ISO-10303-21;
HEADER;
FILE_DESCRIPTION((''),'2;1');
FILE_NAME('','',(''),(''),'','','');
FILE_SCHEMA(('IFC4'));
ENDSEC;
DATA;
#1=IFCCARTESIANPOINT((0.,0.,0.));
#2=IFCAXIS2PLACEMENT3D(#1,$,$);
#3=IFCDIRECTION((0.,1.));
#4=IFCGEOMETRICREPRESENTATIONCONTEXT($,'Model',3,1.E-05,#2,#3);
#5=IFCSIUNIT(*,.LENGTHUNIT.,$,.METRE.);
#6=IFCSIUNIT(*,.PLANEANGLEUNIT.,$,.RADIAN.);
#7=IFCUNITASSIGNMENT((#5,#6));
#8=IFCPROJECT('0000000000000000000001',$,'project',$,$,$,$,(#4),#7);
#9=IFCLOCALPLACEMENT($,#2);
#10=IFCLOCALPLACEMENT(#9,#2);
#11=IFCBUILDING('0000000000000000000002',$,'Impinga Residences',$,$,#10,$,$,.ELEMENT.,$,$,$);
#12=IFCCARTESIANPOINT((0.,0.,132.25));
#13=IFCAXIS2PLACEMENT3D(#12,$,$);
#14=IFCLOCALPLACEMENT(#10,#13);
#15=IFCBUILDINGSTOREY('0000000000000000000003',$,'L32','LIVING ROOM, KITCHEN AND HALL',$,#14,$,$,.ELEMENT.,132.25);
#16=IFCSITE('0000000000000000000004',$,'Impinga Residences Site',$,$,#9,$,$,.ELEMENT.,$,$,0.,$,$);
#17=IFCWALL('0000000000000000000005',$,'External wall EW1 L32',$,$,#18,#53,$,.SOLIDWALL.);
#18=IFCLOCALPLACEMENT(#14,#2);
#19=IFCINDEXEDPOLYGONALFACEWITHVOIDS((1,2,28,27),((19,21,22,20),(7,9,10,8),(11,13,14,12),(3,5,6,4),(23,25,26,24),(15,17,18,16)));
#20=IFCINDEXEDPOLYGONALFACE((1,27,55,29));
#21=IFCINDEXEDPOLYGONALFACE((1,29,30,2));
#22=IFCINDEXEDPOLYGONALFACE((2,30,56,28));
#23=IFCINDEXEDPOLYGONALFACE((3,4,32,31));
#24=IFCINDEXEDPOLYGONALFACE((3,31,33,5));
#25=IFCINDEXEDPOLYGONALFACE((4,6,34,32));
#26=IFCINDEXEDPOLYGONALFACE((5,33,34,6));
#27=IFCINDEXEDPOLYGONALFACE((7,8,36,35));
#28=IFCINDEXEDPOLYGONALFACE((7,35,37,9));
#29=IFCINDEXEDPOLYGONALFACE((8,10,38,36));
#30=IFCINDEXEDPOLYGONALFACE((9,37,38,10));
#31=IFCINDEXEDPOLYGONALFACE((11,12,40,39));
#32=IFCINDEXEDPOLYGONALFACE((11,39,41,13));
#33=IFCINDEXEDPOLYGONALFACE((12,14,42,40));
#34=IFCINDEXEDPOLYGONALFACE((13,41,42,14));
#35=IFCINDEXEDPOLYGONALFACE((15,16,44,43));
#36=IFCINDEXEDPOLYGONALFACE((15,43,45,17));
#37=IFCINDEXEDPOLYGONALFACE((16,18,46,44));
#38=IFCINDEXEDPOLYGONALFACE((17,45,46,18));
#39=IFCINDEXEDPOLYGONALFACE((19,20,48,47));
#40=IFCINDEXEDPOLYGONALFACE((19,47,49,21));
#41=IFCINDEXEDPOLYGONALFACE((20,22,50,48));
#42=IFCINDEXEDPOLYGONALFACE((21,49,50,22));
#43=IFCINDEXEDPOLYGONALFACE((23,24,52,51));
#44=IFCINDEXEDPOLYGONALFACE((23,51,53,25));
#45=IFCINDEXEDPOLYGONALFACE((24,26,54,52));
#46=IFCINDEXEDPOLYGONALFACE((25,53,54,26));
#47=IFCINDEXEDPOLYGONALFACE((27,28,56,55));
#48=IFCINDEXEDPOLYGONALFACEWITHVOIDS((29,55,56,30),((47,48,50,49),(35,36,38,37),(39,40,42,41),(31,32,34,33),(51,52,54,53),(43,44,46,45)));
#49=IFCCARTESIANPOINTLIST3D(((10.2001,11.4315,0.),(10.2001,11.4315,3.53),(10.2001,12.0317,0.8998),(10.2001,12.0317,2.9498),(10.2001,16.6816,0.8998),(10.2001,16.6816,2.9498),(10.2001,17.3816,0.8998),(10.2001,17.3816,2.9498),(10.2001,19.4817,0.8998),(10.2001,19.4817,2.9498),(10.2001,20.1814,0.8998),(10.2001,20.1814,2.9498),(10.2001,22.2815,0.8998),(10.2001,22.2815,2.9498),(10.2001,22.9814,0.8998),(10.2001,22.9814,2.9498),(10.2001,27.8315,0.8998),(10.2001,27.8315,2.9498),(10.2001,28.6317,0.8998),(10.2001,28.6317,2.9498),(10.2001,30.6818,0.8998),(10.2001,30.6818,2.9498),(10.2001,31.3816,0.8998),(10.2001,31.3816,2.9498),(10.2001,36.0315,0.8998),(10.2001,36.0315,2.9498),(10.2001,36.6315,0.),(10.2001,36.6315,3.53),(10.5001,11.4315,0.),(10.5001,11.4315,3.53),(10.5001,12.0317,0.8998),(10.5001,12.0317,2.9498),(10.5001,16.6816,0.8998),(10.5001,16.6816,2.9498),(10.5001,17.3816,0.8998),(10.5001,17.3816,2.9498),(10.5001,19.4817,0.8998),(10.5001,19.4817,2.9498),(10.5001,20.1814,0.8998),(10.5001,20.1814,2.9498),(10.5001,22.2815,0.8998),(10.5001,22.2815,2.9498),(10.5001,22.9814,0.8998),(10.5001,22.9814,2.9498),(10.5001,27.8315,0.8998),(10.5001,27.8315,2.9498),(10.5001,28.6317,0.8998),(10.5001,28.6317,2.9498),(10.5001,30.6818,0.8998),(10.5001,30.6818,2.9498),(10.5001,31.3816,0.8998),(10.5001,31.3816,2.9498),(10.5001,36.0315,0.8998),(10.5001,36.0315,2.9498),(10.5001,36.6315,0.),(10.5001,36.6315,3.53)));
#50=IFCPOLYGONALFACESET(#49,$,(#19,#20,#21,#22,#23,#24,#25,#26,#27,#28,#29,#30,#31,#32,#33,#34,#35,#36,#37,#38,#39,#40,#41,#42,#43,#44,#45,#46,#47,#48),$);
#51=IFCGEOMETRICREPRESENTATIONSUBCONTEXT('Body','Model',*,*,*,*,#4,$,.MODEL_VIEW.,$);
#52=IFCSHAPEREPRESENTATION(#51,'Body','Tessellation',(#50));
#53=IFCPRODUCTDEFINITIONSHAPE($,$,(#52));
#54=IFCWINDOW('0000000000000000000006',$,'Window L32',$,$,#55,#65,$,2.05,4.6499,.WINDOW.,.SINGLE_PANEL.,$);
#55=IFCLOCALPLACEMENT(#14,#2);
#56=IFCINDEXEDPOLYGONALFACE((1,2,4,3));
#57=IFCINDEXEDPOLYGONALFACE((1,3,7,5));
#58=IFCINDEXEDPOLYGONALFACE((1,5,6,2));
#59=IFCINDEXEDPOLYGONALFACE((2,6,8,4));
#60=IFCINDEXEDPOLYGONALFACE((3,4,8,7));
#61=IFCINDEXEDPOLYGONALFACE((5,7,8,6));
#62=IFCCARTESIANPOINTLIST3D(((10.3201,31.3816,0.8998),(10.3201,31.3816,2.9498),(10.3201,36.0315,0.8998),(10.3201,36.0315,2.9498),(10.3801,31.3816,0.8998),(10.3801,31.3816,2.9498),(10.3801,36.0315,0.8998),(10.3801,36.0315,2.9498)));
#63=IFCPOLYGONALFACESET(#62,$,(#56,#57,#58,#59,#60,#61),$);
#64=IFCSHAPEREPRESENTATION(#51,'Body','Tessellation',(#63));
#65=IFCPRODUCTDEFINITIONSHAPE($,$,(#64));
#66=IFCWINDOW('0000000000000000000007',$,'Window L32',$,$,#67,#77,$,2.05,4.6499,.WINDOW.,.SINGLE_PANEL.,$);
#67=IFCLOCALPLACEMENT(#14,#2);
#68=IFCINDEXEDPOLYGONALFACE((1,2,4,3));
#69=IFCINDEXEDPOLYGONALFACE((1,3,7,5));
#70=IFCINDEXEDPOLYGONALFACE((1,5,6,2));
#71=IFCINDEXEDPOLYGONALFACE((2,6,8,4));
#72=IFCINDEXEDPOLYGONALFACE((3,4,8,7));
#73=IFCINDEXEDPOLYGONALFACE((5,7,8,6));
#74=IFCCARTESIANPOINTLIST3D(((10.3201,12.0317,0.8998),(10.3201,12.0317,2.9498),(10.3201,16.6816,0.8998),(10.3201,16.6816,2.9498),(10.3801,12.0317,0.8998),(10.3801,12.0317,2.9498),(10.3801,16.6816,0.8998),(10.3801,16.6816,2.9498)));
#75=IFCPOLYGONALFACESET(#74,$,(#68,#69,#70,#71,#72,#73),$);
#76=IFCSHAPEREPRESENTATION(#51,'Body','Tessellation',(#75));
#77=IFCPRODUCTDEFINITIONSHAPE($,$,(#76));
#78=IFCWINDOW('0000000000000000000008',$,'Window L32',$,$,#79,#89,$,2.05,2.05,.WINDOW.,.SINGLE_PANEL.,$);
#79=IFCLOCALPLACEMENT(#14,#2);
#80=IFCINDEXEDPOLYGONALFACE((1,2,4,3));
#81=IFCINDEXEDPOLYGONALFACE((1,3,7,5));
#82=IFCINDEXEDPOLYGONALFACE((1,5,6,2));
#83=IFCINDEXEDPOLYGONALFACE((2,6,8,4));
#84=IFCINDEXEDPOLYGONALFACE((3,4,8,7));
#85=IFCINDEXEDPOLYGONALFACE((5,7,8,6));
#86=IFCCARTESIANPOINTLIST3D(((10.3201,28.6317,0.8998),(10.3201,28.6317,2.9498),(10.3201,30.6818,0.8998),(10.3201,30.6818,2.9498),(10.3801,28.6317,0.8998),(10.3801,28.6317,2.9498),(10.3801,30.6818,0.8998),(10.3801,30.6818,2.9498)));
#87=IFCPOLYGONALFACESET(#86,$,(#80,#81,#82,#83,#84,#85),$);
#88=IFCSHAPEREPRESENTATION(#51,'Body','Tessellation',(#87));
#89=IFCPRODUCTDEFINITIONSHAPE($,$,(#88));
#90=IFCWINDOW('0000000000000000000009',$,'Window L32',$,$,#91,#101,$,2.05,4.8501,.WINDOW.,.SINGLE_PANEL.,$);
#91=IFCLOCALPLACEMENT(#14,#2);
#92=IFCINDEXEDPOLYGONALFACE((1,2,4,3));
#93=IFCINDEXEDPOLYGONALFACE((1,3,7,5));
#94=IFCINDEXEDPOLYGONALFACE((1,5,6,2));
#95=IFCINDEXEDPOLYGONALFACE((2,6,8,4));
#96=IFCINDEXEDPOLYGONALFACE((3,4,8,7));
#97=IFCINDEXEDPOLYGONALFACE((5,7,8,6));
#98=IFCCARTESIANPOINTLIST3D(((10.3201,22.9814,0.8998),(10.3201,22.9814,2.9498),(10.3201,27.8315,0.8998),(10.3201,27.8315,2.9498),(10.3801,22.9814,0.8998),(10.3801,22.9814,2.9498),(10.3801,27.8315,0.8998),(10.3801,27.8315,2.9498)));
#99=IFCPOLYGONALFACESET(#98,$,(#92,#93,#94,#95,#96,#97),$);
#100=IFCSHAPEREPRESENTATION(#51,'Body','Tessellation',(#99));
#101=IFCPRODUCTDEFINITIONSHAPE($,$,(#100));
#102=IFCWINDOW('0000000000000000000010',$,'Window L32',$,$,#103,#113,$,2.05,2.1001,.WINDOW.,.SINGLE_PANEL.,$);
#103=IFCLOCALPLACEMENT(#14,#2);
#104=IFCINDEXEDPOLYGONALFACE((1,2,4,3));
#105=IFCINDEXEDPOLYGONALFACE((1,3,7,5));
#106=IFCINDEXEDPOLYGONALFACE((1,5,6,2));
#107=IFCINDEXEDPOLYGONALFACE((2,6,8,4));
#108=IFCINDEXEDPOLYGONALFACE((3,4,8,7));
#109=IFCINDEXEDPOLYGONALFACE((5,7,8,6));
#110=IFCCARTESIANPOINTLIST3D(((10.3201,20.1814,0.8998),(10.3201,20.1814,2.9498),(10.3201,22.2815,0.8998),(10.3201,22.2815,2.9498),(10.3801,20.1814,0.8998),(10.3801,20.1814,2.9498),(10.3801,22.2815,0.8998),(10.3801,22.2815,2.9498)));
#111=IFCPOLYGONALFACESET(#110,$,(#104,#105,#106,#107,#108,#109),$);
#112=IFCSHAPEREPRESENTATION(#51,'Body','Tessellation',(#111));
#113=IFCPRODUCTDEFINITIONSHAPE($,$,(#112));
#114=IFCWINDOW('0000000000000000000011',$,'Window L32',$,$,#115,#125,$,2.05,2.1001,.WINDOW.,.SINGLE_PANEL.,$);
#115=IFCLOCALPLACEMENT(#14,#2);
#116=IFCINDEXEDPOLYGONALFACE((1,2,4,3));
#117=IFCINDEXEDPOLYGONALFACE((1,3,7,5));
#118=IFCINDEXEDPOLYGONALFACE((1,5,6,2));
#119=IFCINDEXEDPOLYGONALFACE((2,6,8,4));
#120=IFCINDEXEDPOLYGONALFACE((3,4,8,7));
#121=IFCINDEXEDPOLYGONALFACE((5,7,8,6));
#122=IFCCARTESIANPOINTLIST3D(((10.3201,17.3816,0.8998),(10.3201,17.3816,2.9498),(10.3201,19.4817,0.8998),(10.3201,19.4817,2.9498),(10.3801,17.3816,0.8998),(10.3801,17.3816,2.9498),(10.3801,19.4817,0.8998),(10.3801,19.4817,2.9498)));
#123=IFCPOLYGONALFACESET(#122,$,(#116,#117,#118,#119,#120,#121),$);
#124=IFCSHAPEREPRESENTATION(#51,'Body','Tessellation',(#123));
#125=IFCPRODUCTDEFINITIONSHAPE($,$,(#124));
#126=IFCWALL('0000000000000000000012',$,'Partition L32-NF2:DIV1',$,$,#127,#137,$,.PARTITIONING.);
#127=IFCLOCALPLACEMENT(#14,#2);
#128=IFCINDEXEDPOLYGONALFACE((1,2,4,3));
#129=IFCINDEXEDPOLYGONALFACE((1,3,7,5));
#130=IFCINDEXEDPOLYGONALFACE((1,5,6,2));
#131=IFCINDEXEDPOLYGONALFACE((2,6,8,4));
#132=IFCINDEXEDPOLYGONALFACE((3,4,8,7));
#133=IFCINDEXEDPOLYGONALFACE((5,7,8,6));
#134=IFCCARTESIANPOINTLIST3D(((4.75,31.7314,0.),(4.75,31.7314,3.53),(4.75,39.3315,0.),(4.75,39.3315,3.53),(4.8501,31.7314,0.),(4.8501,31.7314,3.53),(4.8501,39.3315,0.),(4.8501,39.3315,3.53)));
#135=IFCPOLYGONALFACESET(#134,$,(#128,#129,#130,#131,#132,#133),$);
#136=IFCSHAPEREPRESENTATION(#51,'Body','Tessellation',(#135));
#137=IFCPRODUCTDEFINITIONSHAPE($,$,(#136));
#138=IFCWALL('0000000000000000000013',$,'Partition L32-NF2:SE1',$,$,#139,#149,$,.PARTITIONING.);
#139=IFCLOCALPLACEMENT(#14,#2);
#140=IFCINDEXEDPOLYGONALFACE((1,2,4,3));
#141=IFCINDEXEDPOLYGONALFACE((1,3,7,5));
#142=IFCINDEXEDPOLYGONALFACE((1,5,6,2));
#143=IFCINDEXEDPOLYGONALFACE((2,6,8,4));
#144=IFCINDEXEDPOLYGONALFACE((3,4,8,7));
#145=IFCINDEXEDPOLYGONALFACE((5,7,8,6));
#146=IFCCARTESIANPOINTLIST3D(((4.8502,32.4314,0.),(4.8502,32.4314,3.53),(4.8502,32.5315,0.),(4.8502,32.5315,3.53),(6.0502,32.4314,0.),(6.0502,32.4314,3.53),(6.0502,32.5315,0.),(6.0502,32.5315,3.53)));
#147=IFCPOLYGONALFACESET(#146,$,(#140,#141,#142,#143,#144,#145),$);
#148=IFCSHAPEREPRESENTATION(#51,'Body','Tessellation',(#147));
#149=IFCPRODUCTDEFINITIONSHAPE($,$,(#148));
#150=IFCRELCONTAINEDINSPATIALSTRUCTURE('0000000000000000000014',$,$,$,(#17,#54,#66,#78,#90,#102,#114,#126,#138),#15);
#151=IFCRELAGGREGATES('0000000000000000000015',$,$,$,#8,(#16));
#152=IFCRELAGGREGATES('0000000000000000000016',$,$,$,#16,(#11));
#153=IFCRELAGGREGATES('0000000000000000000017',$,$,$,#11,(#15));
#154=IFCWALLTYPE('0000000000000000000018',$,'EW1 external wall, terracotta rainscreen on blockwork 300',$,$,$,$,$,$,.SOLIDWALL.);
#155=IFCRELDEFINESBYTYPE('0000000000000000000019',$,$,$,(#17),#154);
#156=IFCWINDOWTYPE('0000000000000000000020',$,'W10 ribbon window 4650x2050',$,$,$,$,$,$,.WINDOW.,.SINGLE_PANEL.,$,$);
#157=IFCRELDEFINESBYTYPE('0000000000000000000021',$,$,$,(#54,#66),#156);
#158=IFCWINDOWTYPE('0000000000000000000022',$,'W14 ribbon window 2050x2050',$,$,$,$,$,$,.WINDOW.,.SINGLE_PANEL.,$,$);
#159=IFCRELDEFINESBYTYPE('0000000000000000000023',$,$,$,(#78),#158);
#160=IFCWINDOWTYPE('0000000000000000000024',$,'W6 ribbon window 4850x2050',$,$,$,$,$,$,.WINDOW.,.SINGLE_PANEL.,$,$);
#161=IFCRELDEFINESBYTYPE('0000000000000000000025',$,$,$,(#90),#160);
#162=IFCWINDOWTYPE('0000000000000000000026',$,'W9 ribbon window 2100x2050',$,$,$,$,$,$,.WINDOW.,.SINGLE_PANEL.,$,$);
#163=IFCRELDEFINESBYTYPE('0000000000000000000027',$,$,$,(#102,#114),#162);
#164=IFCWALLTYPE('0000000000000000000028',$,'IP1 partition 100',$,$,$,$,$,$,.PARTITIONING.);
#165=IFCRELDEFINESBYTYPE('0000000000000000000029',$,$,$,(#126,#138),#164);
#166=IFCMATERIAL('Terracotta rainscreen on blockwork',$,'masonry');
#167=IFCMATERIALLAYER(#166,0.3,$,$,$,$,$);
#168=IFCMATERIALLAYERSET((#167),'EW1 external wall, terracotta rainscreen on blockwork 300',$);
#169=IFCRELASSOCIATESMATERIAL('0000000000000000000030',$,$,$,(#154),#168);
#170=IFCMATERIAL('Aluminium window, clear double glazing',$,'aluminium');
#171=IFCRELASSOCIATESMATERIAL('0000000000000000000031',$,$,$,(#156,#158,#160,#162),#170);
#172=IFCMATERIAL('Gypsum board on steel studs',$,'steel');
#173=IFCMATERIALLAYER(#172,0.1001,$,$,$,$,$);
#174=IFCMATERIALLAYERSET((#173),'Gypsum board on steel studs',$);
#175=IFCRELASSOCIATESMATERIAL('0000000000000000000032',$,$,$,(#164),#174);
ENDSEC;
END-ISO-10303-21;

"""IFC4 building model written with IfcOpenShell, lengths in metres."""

from ifc_helpers import new_model, si_unit, direction, frame, frame_2d, origin, place, context, subcontext, project, spatial, rectangle, extrude, material, layer, layer_set, type_object, element, fill, save


model = new_model("IFC4")

# Units and contexts
model_context = context("Model", 3, precision=1e-05, world=origin(), true_north=direction((0.0, 1.0)))
body_context = subcontext(model_context, "Body", "Model", "MODEL_VIEW")
ifc_project = project(units=[si_unit("LENGTHUNIT", "METRE"), si_unit("PLANEANGLEUNIT", "RADIAN")], contexts=[model_context])

# Site, building, storey
site_placement = place(None, origin())
site = spatial("IfcSite", under=ifc_project, at=site_placement, Name="Impinga Residences Site", CompositionType="ELEMENT", RefElevation=0.0)
building_placement = place(site_placement, origin())
building = spatial("IfcBuilding", under=site, at=building_placement, Name="Impinga Residences", CompositionType="ELEMENT")
storey_placement = place(building_placement, frame((0.0, 0.0, 132.25)))
storey = spatial("IfcBuildingStorey", under=building, at=storey_placement, Name="L32", Description="LIVING ROOM, KITCHEN AND HALL", CompositionType="ELEMENT", Elevation=132.25)

# Shared definitions
ifc_material_1 = material(Name="Terracotta rainscreen on blockwork", Category="masonry")
ifc_layer_1 = layer(ifc_material_1, 0.3)
ifc_layer_set_1 = layer_set([ifc_layer_1], Name="EW1 external wall, terracotta rainscreen on blockwork 300")
wall_type_1 = type_object("IfcWallType", Name="EW1 external wall, terracotta rainscreen on blockwork 300", PredefinedType="SOLIDWALL", material=ifc_layer_set_1)

# Wall, openings, windows
wall_1_placement = place(storey_placement, frame((10.3501, 36.6316, 0.0), z_axis=(0.0, 0.0, 1.0), x_axis=(0.0, -1.0, 0.0)))
wall_1 = element("IfcWall", 1, at=wall_1_placement, inside=storey, type_object=wall_type_1, Name="External wall EW1 L32", PredefinedType="SOLIDWALL", context=body_context, shape_type="SweptSolid", body=[
    extrude(rectangle(XDim=25.2, YDim=0.3, at=frame_2d((12.6001, 0.0))), origin(), (0.0, 0.0, 1.0), 3.53),
])
opening_1_placement = place(wall_1_placement, frame((0.6001, 0.0, 0.8999)))
opening_1 = element("IfcOpeningElement", 2, at=opening_1_placement, cuts=wall_1, PredefinedType="OPENING", context=body_context, shape_type="SweptSolid", body=[
    extrude(rectangle(XDim=4.6499, YDim=2.05, at=frame_2d((2.325, 1.0249))), frame((0.0, 0.1599, 0.0), z_axis=(0.0, -1.0, 0.0), x_axis=(1.0, 0.0, 0.0)), (0.0, 0.0, 1.0), 0.3201),
])
opening_2_placement = place(wall_1_placement, frame((5.95, 0.0, 0.8999)))
opening_2 = element("IfcOpeningElement", 3, at=opening_2_placement, cuts=wall_1, PredefinedType="OPENING", context=body_context, shape_type="SweptSolid", body=[
    extrude(rectangle(XDim=2.05, YDim=2.05, at=frame_2d((1.0249, 1.0249))), frame((0.0, 0.1599, 0.0), z_axis=(0.0, -1.0, 0.0), x_axis=(1.0, 0.0, 0.0)), (0.0, 0.0, 1.0), 0.3201),
])
opening_3_placement = place(wall_1_placement, frame((8.8, 0.0, 0.8999)))
opening_3 = element("IfcOpeningElement", 4, at=opening_3_placement, cuts=wall_1, PredefinedType="OPENING", context=body_context, shape_type="SweptSolid", body=[
    extrude(rectangle(XDim=4.8501, YDim=2.05, at=frame_2d((2.425, 1.0249))), frame((0.0, 0.1599, 0.0), z_axis=(0.0, -1.0, 0.0), x_axis=(1.0, 0.0, 0.0)), (0.0, 0.0, 1.0), 0.3201),
])
opening_4_placement = place(wall_1_placement, frame((14.3501, 0.0, 0.8999)))
opening_4 = element("IfcOpeningElement", 5, at=opening_4_placement, cuts=wall_1, PredefinedType="OPENING", context=body_context, shape_type="SweptSolid", body=[
    extrude(rectangle(XDim=2.1001, YDim=2.05, at=frame_2d((1.05, 1.0249))), frame((0.0, 0.1599, 0.0), z_axis=(0.0, -1.0, 0.0), x_axis=(1.0, 0.0, 0.0)), (0.0, 0.0, 1.0), 0.3201),
])
opening_5_placement = place(wall_1_placement, frame((17.1499, 0.0, 0.8999)))
opening_5 = element("IfcOpeningElement", 6, at=opening_5_placement, cuts=wall_1, PredefinedType="OPENING", context=body_context, shape_type="SweptSolid", body=[
    extrude(rectangle(XDim=2.1001, YDim=2.05, at=frame_2d((1.05, 1.0249))), frame((0.0, 0.1599, 0.0), z_axis=(0.0, -1.0, 0.0), x_axis=(1.0, 0.0, 0.0)), (0.0, 0.0, 1.0), 0.3201),
])
opening_6_placement = place(wall_1_placement, frame((19.95, 0.0, 0.8999)))
opening_6 = element("IfcOpeningElement", 7, at=opening_6_placement, cuts=wall_1, PredefinedType="OPENING", context=body_context, shape_type="SweptSolid", body=[
    extrude(rectangle(XDim=4.6499, YDim=2.05, at=frame_2d((2.325, 1.0249))), frame((0.0, 0.1599, 0.0), z_axis=(0.0, -1.0, 0.0), x_axis=(1.0, 0.0, 0.0)), (0.0, 0.0, 1.0), 0.3201),
])
ifc_material_2 = material(Name="Aluminium window, clear double glazing", Category="aluminium")
window_type_1 = type_object("IfcWindowType", Name="W10 ribbon window 4650x2050", PartitioningType="SINGLE_PANEL", PredefinedType="WINDOW", material=ifc_material_2)
window_1_placement = place(opening_1_placement, origin())
window_1 = element("IfcWindow", 8, at=window_1_placement, inside=storey, type_object=window_type_1, Name="Window L32", OverallHeight=2.05, OverallWidth=4.6499, PartitioningType="SINGLE_PANEL", PredefinedType="WINDOW", context=body_context, shape_type="SweptSolid", body=[
    extrude(rectangle(XDim=4.6499, YDim=2.05, at=frame_2d((2.325, 1.0249))), frame((0.0, 0.03, 0.0), z_axis=(0.0, -1.0, 0.0), x_axis=(1.0, 0.0, 0.0)), (0.0, 0.0, 1.0), 0.0601),
])
fill(opening_1, window_1)
window_2_placement = place(opening_6_placement, origin())
window_2 = element("IfcWindow", 9, at=window_2_placement, inside=storey, type_object=window_type_1, Name="Window L32", OverallHeight=2.05, OverallWidth=4.6499, PartitioningType="SINGLE_PANEL", PredefinedType="WINDOW", context=body_context, shape_type="SweptSolid", body=[
    extrude(rectangle(XDim=4.6499, YDim=2.05, at=frame_2d((2.325, 1.0249))), frame((0.0, 0.03, 0.0), z_axis=(0.0, -1.0, 0.0), x_axis=(1.0, 0.0, 0.0)), (0.0, 0.0, 1.0), 0.0601),
])
fill(opening_6, window_2)
window_type_2 = type_object("IfcWindowType", Name="W14 ribbon window 2050x2050", PartitioningType="SINGLE_PANEL", PredefinedType="WINDOW", material=ifc_material_2)
window_3_placement = place(opening_2_placement, origin())
window_3 = element("IfcWindow", 10, at=window_3_placement, inside=storey, type_object=window_type_2, Name="Window L32", OverallHeight=2.05, OverallWidth=2.05, PartitioningType="SINGLE_PANEL", PredefinedType="WINDOW", context=body_context, shape_type="SweptSolid", body=[
    extrude(rectangle(XDim=2.05, YDim=2.05, at=frame_2d((1.0249, 1.0249))), frame((0.0, 0.03, 0.0), z_axis=(0.0, -1.0, 0.0), x_axis=(1.0, 0.0, 0.0)), (0.0, 0.0, 1.0), 0.0601),
])
fill(opening_2, window_3)
window_type_3 = type_object("IfcWindowType", Name="W6 ribbon window 4850x2050", PartitioningType="SINGLE_PANEL", PredefinedType="WINDOW", material=ifc_material_2)
window_4_placement = place(opening_3_placement, origin())
window_4 = element("IfcWindow", 11, at=window_4_placement, inside=storey, type_object=window_type_3, Name="Window L32", OverallHeight=2.05, OverallWidth=4.8501, PartitioningType="SINGLE_PANEL", PredefinedType="WINDOW", context=body_context, shape_type="SweptSolid", body=[
    extrude(rectangle(XDim=4.8501, YDim=2.05, at=frame_2d((2.425, 1.0249))), frame((0.0, 0.03, 0.0), z_axis=(0.0, -1.0, 0.0), x_axis=(1.0, 0.0, 0.0)), (0.0, 0.0, 1.0), 0.0601),
])
fill(opening_3, window_4)
window_type_4 = type_object("IfcWindowType", Name="W9 ribbon window 2100x2050", PartitioningType="SINGLE_PANEL", PredefinedType="WINDOW", material=ifc_material_2)
window_5_placement = place(opening_4_placement, origin())
window_5 = element("IfcWindow", 12, at=window_5_placement, inside=storey, type_object=window_type_4, Name="Window L32", OverallHeight=2.05, OverallWidth=2.1001, PartitioningType="SINGLE_PANEL", PredefinedType="WINDOW", context=body_context, shape_type="SweptSolid", body=[
    extrude(rectangle(XDim=2.1001, YDim=2.05, at=frame_2d((1.05, 1.0249))), frame((0.0, 0.03, 0.0), z_axis=(0.0, -1.0, 0.0), x_axis=(1.0, 0.0, 0.0)), (0.0, 0.0, 1.0), 0.0601),
])
fill(opening_4, window_5)
window_6_placement = place(opening_5_placement, origin())
window_6 = element("IfcWindow", 13, at=window_6_placement, inside=storey, type_object=window_type_4, Name="Window L32", OverallHeight=2.05, OverallWidth=2.1001, PartitioningType="SINGLE_PANEL", PredefinedType="WINDOW", context=body_context, shape_type="SweptSolid", body=[
    extrude(rectangle(XDim=2.1001, YDim=2.05, at=frame_2d((1.05, 1.0249))), frame((0.0, 0.03, 0.0), z_axis=(0.0, -1.0, 0.0), x_axis=(1.0, 0.0, 0.0)), (0.0, 0.0, 1.0), 0.0601),
])
fill(opening_5, window_6)

# Walls
ifc_material_3 = material(Name="Gypsum board on steel studs", Category="steel")
ifc_layer_2 = layer(ifc_material_3, 0.1001)
ifc_layer_set_2 = layer_set([ifc_layer_2], Name="Gypsum board on steel studs")
wall_type_2 = type_object("IfcWallType", Name="IP1 partition 100", PredefinedType="PARTITIONING", material=ifc_layer_set_2)
wall_2_placement = place(storey_placement, frame((4.8, 31.7314, 0.0), z_axis=(0.0, 0.0, 1.0), x_axis=(0.0, 1.0, 0.0)))
element("IfcWall", 14, at=wall_2_placement, inside=storey, type_object=wall_type_2, Name="Partition L32-NF2:DIV1", PredefinedType="PARTITIONING", context=body_context, shape_type="SweptSolid", body=[
    extrude(rectangle(XDim=7.6001, YDim=0.1001, at=frame_2d((3.8, 0.0))), origin(), (0.0, 0.0, 1.0), 3.53),
])
wall_3_placement = place(storey_placement, frame((4.8501, 32.4814, 0.0), z_axis=(0.0, 0.0, 1.0), x_axis=(1.0, 0.0, 0.0)))
element("IfcWall", 15, at=wall_3_placement, inside=storey, type_object=wall_type_2, Name="Partition L32-NF2:SE1", PredefinedType="PARTITIONING", context=body_context, shape_type="SweptSolid", body=[
    extrude(rectangle(XDim=1.2, YDim=0.1001, at=frame_2d((0.6001, 0.0))), origin(), (0.0, 0.0, 1.0), 3.53),
])

save(model, "model.ifc")
